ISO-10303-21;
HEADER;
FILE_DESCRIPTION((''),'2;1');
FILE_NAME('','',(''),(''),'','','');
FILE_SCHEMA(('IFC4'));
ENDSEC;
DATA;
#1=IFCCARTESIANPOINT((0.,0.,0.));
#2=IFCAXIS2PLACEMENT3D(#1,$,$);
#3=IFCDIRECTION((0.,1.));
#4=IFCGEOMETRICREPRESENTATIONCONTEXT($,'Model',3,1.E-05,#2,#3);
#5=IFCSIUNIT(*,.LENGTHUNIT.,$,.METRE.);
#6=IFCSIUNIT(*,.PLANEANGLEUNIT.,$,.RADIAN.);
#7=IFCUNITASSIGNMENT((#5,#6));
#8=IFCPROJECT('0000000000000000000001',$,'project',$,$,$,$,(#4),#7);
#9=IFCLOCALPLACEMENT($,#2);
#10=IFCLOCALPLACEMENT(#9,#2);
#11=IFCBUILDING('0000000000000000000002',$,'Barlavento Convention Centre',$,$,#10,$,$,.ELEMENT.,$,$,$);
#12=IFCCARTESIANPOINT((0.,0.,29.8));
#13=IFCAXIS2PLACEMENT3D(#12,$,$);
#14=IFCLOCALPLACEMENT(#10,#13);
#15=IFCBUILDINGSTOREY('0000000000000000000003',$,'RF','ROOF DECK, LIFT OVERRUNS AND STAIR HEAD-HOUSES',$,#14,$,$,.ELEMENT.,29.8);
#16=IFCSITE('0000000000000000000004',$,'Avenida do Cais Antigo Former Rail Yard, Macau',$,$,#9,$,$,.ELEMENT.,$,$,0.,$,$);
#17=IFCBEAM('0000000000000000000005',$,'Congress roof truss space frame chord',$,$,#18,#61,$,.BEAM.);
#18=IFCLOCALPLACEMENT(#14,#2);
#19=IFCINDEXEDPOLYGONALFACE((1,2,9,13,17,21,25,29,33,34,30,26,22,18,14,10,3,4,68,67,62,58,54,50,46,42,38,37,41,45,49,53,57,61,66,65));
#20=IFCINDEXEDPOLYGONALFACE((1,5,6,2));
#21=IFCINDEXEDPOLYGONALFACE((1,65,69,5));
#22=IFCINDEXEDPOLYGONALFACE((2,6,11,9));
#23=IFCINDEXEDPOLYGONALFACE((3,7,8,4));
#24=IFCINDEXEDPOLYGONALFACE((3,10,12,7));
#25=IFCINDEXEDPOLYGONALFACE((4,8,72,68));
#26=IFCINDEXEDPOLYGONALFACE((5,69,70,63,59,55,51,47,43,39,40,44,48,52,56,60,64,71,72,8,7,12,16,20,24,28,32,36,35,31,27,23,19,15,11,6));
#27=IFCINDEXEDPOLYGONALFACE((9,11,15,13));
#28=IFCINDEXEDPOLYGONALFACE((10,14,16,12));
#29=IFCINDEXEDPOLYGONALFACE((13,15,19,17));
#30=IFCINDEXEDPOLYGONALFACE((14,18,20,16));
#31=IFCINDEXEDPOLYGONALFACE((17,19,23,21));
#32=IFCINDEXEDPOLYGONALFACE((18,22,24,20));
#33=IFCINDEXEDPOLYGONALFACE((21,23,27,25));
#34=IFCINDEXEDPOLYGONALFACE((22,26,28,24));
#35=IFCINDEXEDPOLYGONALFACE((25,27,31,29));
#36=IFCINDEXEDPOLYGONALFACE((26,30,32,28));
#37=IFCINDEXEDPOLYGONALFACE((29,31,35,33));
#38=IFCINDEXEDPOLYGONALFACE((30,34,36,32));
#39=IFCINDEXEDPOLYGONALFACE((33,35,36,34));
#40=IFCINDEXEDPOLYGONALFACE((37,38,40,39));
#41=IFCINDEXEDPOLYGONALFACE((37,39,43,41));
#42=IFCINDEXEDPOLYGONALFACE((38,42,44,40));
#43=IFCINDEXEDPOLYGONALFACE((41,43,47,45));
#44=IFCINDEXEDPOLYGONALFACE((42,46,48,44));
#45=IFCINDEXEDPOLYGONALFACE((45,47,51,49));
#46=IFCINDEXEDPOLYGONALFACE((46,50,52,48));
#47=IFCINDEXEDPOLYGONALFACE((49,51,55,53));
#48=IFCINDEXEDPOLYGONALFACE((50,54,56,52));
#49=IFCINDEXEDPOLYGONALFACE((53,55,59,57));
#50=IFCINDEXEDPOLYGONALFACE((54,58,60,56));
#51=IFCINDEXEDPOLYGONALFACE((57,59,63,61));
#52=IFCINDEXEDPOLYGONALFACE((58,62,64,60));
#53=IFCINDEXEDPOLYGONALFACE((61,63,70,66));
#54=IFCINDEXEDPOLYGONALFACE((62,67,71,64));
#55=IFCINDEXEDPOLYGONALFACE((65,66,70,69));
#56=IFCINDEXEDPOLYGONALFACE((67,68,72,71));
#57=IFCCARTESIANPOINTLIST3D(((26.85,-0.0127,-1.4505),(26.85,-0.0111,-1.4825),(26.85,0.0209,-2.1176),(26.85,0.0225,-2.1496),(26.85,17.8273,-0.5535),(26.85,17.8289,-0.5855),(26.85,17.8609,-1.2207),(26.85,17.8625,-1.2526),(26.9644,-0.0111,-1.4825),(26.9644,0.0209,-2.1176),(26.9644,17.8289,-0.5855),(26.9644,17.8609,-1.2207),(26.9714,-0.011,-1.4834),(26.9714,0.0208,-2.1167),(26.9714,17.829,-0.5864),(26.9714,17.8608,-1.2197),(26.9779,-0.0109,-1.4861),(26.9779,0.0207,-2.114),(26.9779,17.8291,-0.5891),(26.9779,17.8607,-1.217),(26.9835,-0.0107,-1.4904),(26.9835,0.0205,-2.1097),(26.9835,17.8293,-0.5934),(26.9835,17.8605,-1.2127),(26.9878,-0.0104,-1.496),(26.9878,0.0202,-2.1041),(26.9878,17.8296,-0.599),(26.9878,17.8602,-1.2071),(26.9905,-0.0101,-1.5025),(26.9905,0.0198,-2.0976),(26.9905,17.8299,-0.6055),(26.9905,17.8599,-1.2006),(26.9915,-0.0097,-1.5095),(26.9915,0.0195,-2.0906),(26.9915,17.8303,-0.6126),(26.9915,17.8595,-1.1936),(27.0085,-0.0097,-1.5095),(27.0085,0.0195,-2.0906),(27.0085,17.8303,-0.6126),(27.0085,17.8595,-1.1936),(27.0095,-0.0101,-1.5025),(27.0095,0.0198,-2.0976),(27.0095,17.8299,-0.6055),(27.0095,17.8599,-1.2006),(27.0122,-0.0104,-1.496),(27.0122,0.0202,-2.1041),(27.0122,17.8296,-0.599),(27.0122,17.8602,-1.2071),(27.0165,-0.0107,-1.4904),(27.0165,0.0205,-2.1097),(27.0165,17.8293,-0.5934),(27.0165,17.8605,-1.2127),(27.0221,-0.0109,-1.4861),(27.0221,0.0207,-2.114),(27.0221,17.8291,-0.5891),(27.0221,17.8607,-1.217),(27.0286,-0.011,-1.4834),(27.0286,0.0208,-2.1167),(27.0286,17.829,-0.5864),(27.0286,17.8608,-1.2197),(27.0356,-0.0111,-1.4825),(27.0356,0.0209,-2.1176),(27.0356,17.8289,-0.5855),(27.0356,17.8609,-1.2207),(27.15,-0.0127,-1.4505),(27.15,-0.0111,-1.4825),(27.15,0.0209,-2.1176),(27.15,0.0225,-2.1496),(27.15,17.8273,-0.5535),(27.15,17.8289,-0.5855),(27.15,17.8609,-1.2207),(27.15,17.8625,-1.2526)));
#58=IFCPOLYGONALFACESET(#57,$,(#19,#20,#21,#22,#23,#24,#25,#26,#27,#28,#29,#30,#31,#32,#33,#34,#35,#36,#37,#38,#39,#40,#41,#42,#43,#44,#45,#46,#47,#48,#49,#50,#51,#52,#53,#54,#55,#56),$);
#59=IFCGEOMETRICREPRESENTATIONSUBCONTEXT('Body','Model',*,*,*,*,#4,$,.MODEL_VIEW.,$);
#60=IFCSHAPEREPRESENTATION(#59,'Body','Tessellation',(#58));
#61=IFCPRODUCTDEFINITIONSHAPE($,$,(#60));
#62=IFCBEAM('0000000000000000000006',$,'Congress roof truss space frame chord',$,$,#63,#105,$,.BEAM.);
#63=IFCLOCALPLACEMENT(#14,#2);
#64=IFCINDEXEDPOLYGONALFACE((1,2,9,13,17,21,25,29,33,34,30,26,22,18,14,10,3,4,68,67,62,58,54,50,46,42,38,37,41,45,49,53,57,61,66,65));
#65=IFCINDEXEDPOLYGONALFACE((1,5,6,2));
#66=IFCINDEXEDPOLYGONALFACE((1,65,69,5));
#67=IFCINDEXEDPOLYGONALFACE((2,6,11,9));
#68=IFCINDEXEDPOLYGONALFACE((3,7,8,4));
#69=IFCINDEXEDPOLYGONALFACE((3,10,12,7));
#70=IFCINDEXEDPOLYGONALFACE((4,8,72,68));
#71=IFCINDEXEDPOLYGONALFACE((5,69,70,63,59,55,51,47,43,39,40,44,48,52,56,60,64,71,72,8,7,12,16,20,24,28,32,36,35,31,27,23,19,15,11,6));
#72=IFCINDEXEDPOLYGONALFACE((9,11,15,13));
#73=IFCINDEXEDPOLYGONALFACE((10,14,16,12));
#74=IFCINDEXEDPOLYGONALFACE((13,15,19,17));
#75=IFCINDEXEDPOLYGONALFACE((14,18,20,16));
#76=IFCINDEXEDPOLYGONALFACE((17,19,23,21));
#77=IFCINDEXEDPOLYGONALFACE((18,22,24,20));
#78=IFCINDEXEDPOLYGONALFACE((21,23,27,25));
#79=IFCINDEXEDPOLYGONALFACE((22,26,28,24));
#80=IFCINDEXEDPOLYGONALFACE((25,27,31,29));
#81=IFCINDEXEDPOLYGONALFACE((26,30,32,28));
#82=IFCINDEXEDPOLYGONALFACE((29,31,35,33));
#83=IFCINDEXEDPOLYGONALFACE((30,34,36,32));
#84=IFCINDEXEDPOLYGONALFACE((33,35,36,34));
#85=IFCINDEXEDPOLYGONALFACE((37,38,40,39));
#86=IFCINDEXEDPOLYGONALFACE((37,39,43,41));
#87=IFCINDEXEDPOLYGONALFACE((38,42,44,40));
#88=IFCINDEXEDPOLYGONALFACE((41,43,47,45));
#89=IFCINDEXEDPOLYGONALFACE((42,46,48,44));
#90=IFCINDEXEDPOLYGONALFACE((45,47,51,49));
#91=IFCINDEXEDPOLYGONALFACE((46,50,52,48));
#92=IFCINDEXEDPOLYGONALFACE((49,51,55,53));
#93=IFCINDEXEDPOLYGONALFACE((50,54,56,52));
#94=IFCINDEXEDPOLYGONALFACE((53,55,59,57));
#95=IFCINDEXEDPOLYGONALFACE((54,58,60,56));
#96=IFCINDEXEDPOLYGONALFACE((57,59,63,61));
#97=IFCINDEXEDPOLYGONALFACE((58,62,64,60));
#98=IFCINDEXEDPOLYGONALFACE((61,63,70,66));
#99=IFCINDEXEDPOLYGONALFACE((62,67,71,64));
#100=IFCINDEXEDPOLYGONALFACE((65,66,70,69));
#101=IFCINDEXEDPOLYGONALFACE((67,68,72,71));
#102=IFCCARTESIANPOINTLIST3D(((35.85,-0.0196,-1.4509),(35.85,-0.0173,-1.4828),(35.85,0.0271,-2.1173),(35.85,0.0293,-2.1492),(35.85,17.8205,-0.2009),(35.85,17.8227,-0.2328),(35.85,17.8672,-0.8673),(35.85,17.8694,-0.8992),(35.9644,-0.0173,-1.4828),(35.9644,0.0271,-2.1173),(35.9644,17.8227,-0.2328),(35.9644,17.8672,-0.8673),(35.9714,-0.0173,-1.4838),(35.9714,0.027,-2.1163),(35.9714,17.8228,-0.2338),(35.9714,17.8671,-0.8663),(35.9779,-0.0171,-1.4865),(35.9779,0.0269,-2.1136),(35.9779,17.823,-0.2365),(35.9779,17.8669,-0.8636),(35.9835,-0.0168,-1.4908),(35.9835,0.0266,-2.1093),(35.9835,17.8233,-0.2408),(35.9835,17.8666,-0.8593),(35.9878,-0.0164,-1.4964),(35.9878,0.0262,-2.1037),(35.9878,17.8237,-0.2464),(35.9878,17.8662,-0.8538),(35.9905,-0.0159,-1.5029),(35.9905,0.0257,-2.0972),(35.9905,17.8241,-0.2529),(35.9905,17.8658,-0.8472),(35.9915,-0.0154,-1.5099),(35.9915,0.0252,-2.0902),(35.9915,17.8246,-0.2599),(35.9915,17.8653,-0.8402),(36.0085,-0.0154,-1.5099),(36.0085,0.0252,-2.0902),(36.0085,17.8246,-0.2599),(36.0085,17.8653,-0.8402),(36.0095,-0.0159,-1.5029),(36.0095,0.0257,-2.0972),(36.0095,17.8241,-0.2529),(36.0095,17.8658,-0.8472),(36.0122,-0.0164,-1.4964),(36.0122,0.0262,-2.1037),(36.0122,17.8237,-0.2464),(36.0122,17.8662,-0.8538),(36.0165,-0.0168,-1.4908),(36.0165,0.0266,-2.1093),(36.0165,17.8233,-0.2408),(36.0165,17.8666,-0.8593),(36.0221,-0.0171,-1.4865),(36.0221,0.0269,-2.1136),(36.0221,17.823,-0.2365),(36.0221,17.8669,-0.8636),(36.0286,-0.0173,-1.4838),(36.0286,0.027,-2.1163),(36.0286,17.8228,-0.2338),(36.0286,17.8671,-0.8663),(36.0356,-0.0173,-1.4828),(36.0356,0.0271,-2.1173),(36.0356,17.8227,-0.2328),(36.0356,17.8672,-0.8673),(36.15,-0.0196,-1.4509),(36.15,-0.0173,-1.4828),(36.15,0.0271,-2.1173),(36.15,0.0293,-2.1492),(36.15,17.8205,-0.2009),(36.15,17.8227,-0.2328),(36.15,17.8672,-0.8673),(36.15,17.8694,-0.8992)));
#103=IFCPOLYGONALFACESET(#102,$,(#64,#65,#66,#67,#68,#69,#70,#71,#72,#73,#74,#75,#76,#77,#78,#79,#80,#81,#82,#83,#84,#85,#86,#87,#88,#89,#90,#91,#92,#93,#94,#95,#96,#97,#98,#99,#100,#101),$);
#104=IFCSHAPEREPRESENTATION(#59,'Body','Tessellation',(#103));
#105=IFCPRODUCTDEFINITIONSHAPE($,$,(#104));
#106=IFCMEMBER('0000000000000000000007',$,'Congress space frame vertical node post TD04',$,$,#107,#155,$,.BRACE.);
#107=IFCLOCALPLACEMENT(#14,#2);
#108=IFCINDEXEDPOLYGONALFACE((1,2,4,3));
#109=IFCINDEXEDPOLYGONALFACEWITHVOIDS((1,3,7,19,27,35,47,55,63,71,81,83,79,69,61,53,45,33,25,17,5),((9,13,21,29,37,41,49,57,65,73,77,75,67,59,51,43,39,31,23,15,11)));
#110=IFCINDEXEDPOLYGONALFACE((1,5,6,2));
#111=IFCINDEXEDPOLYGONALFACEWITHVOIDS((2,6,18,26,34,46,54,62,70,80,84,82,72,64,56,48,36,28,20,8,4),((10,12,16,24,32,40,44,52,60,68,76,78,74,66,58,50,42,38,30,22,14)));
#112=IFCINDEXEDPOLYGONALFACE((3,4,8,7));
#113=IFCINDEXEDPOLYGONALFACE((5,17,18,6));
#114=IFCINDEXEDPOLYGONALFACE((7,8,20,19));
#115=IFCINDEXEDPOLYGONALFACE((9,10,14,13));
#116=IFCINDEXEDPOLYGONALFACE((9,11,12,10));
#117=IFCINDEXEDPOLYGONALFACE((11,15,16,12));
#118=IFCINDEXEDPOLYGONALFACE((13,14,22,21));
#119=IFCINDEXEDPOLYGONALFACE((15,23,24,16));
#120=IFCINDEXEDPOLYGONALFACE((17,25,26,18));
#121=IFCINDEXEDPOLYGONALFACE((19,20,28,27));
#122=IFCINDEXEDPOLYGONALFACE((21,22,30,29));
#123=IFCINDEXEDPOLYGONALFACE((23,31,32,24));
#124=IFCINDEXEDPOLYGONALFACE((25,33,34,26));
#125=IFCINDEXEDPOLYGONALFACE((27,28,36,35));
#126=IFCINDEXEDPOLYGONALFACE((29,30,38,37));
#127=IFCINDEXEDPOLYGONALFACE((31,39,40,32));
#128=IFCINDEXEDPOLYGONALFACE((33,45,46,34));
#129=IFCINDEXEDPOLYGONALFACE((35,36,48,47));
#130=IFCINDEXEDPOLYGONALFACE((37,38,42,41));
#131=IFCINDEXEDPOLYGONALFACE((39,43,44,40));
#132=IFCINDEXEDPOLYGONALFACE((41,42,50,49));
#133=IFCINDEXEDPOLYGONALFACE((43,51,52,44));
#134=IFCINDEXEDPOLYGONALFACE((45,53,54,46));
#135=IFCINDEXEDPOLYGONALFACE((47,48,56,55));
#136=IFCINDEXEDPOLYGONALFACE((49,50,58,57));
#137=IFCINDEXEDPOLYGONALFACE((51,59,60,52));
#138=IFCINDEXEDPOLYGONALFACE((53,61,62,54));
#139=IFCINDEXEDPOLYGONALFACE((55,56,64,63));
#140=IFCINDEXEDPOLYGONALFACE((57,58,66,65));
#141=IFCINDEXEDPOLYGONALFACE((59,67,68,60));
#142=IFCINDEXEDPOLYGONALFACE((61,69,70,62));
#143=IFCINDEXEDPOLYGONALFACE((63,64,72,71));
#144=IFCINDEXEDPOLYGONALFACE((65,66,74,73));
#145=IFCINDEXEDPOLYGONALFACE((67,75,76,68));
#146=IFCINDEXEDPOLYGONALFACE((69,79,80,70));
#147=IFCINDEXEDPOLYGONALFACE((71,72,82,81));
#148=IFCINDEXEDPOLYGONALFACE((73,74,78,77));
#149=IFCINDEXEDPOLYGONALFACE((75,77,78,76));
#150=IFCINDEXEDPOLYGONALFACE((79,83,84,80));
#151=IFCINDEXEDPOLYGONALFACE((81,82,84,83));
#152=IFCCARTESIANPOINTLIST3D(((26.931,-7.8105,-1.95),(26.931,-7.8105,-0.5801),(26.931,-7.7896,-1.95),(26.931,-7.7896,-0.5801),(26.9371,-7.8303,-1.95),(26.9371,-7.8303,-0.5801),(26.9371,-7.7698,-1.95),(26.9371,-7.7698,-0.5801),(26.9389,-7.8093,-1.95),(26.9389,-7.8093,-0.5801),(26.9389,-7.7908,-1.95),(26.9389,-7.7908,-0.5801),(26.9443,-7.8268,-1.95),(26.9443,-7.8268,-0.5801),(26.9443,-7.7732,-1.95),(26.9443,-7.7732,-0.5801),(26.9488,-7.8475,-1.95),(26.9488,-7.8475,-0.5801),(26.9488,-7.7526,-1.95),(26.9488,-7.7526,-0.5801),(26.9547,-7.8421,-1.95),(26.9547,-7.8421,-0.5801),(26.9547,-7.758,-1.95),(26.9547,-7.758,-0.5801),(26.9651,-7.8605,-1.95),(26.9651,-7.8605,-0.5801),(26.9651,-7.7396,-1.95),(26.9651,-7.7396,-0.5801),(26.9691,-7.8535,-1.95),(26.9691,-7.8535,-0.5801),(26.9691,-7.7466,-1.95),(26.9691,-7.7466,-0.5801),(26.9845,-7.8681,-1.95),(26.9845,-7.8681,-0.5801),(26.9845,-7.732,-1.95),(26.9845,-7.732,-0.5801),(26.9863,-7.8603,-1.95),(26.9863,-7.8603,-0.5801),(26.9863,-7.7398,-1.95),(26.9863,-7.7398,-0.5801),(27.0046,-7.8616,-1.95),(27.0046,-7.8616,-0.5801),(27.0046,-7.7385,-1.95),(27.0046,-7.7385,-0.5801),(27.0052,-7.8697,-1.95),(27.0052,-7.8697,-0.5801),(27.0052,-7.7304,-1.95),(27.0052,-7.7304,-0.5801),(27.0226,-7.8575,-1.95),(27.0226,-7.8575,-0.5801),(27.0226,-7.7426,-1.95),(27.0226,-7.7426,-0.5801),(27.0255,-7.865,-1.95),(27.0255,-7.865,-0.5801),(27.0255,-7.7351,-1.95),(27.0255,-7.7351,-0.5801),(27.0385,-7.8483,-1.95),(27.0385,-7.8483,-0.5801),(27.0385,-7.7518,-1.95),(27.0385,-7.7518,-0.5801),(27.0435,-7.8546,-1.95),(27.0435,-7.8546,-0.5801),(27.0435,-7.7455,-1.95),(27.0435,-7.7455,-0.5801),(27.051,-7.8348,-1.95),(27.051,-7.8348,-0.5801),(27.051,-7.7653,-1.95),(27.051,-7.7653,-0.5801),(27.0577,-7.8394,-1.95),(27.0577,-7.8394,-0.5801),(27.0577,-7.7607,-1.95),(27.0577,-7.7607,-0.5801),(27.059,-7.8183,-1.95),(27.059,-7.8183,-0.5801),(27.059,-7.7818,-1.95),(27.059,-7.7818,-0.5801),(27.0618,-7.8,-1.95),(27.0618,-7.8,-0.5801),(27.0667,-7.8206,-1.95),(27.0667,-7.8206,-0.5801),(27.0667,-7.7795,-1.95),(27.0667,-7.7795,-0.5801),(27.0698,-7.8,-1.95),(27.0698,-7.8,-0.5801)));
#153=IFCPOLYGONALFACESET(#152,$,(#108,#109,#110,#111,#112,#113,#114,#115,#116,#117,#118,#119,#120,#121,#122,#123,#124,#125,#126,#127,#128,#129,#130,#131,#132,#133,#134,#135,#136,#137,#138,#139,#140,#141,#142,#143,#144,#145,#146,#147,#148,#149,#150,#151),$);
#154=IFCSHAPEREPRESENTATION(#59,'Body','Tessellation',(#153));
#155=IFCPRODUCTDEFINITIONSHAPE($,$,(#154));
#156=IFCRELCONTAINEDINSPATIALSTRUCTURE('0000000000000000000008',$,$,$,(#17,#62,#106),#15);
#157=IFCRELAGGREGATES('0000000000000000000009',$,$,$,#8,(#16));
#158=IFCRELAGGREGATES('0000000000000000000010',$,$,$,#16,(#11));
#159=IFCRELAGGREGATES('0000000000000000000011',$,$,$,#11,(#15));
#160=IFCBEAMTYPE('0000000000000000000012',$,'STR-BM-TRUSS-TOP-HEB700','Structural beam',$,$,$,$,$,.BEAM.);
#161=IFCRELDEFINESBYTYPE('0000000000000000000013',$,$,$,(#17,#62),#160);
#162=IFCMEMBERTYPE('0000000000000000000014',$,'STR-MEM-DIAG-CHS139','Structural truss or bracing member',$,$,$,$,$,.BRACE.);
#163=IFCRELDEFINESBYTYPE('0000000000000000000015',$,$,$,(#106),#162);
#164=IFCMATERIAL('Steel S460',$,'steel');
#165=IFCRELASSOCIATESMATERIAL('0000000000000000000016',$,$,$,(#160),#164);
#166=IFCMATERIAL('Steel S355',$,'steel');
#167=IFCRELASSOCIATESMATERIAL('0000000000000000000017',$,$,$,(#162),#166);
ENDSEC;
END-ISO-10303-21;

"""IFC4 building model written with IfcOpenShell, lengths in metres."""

from ifc_helpers import new_model, si_unit, direction, frame, origin, origin_2d, place, context, subcontext, project, spatial, hollow_circle, i_section, extrude, material, material_profile, profile_set, type_object, element, save


model = new_model("IFC4")

# Units and contexts
model_context = context("Model", 3, precision=1e-05, world=origin(), true_north=direction((0.0, 1.0)))
body_context = subcontext(model_context, "Body", "Model", "MODEL_VIEW")
ifc_project = project(units=[si_unit("LENGTHUNIT", "METRE"), si_unit("PLANEANGLEUNIT", "RADIAN")], contexts=[model_context])

# Site, building, storey
site_placement = place(None, origin())
site = spatial("IfcSite", under=ifc_project, at=site_placement, Name="Avenida do Cais Antigo Former Rail Yard, Macau", CompositionType="ELEMENT", RefElevation=0.0)
building_placement = place(site_placement, origin())
building = spatial("IfcBuilding", under=site, at=building_placement, Name="Barlavento Convention Centre", CompositionType="ELEMENT")
storey_placement = place(building_placement, frame((0.0, 0.0, 29.8)))
storey = spatial("IfcBuildingStorey", under=building, at=storey_placement, Name="RF", Description="ROOF DECK, LIFT OVERRUNS AND STAIR HEAD-HOUSES", CompositionType="ELEMENT", Elevation=29.8)

# Beams
ifc_material_1 = material(Name="Steel S355", Category="steel")
ifc_material_2 = material(Name="Steel S460", Category="steel")
ifc_material_profile_1 = material_profile(ifc_material_2, i_section(OverallWidth=0.3, OverallDepth=0.7, WebThickness=0.0171, FlangeThickness=0.032, FilletRadius=0.0271, at=origin_2d()), Name="HEB 700")
ifc_profile_set_1 = profile_set([ifc_material_profile_1], Name="Steel S460")
beam_type_1 = type_object("IfcBeamType", Name="STR-BM-TRUSS-TOP-HEB700", Description="Structural beam", PredefinedType="BEAM", material=ifc_profile_set_1)
beam_1_placement = place(storey_placement, frame((27.0, 0.0049, -1.8), z_axis=(0.0, 0.998738, 0.050215), x_axis=(-1.0, 0.0, 0.0)))
element("IfcBeam", 1, at=beam_1_placement, inside=storey, type_object=beam_type_1, Name="Congress roof truss space frame chord", PredefinedType="BEAM", context=body_context, shape_type="SweptSolid", body=[
    extrude(i_section(OverallWidth=0.3, OverallDepth=0.7, WebThickness=0.0171, FlangeThickness=0.032, FilletRadius=0.0271, at=origin_2d()), origin(), (0.0, 0.0, 1.0), 17.8625),
])
beam_2_placement = place(storey_placement, frame((36.0, 0.0049, -1.8), z_axis=(0.0, 0.997554, 0.069896), x_axis=(-1.0, 0.0, 0.0)))
element("IfcBeam", 2, at=beam_2_placement, inside=storey, type_object=beam_type_1, Name="Congress roof truss space frame chord", PredefinedType="BEAM", context=body_context, shape_type="SweptSolid", body=[
    extrude(i_section(OverallWidth=0.3, OverallDepth=0.7, WebThickness=0.0171, FlangeThickness=0.032, FilletRadius=0.0271, at=origin_2d()), origin(), (0.0, 0.0, 1.0), 17.8838),
])

# Member
ifc_material_profile_2 = material_profile(ifc_material_1, hollow_circle(Radius=0.0698, WallThickness=0.0081, at=origin_2d()), Name="CHS 139.7x8.0")
ifc_profile_set_2 = profile_set([ifc_material_profile_2], Name="Steel S355")
member_type_1 = type_object("IfcMemberType", Name="STR-MEM-DIAG-CHS139", Description="Structural truss or bracing member", PredefinedType="BRACE", material=ifc_profile_set_2)
for number, where, z_axis, x_axis, name in (
    (3, (27.0, -7.8, -1.95), (0.0, 0.0, 1.0), (1.0, 0.0, 0.0), "Congress space frame vertical node post TD04"),
):
    element("IfcMember", number, at=place(storey_placement, frame(where, z_axis=z_axis, x_axis=x_axis)), inside=storey, type_object=member_type_1, Name=name, PredefinedType="BRACE", context=body_context, shape_type="SweptSolid", body=[
        extrude(hollow_circle(Radius=0.0698, WallThickness=0.0081, at=origin_2d()), origin(), (0.0, 0.0, 1.0), 1.3699),
    ])

save(model, "model.ifc")
